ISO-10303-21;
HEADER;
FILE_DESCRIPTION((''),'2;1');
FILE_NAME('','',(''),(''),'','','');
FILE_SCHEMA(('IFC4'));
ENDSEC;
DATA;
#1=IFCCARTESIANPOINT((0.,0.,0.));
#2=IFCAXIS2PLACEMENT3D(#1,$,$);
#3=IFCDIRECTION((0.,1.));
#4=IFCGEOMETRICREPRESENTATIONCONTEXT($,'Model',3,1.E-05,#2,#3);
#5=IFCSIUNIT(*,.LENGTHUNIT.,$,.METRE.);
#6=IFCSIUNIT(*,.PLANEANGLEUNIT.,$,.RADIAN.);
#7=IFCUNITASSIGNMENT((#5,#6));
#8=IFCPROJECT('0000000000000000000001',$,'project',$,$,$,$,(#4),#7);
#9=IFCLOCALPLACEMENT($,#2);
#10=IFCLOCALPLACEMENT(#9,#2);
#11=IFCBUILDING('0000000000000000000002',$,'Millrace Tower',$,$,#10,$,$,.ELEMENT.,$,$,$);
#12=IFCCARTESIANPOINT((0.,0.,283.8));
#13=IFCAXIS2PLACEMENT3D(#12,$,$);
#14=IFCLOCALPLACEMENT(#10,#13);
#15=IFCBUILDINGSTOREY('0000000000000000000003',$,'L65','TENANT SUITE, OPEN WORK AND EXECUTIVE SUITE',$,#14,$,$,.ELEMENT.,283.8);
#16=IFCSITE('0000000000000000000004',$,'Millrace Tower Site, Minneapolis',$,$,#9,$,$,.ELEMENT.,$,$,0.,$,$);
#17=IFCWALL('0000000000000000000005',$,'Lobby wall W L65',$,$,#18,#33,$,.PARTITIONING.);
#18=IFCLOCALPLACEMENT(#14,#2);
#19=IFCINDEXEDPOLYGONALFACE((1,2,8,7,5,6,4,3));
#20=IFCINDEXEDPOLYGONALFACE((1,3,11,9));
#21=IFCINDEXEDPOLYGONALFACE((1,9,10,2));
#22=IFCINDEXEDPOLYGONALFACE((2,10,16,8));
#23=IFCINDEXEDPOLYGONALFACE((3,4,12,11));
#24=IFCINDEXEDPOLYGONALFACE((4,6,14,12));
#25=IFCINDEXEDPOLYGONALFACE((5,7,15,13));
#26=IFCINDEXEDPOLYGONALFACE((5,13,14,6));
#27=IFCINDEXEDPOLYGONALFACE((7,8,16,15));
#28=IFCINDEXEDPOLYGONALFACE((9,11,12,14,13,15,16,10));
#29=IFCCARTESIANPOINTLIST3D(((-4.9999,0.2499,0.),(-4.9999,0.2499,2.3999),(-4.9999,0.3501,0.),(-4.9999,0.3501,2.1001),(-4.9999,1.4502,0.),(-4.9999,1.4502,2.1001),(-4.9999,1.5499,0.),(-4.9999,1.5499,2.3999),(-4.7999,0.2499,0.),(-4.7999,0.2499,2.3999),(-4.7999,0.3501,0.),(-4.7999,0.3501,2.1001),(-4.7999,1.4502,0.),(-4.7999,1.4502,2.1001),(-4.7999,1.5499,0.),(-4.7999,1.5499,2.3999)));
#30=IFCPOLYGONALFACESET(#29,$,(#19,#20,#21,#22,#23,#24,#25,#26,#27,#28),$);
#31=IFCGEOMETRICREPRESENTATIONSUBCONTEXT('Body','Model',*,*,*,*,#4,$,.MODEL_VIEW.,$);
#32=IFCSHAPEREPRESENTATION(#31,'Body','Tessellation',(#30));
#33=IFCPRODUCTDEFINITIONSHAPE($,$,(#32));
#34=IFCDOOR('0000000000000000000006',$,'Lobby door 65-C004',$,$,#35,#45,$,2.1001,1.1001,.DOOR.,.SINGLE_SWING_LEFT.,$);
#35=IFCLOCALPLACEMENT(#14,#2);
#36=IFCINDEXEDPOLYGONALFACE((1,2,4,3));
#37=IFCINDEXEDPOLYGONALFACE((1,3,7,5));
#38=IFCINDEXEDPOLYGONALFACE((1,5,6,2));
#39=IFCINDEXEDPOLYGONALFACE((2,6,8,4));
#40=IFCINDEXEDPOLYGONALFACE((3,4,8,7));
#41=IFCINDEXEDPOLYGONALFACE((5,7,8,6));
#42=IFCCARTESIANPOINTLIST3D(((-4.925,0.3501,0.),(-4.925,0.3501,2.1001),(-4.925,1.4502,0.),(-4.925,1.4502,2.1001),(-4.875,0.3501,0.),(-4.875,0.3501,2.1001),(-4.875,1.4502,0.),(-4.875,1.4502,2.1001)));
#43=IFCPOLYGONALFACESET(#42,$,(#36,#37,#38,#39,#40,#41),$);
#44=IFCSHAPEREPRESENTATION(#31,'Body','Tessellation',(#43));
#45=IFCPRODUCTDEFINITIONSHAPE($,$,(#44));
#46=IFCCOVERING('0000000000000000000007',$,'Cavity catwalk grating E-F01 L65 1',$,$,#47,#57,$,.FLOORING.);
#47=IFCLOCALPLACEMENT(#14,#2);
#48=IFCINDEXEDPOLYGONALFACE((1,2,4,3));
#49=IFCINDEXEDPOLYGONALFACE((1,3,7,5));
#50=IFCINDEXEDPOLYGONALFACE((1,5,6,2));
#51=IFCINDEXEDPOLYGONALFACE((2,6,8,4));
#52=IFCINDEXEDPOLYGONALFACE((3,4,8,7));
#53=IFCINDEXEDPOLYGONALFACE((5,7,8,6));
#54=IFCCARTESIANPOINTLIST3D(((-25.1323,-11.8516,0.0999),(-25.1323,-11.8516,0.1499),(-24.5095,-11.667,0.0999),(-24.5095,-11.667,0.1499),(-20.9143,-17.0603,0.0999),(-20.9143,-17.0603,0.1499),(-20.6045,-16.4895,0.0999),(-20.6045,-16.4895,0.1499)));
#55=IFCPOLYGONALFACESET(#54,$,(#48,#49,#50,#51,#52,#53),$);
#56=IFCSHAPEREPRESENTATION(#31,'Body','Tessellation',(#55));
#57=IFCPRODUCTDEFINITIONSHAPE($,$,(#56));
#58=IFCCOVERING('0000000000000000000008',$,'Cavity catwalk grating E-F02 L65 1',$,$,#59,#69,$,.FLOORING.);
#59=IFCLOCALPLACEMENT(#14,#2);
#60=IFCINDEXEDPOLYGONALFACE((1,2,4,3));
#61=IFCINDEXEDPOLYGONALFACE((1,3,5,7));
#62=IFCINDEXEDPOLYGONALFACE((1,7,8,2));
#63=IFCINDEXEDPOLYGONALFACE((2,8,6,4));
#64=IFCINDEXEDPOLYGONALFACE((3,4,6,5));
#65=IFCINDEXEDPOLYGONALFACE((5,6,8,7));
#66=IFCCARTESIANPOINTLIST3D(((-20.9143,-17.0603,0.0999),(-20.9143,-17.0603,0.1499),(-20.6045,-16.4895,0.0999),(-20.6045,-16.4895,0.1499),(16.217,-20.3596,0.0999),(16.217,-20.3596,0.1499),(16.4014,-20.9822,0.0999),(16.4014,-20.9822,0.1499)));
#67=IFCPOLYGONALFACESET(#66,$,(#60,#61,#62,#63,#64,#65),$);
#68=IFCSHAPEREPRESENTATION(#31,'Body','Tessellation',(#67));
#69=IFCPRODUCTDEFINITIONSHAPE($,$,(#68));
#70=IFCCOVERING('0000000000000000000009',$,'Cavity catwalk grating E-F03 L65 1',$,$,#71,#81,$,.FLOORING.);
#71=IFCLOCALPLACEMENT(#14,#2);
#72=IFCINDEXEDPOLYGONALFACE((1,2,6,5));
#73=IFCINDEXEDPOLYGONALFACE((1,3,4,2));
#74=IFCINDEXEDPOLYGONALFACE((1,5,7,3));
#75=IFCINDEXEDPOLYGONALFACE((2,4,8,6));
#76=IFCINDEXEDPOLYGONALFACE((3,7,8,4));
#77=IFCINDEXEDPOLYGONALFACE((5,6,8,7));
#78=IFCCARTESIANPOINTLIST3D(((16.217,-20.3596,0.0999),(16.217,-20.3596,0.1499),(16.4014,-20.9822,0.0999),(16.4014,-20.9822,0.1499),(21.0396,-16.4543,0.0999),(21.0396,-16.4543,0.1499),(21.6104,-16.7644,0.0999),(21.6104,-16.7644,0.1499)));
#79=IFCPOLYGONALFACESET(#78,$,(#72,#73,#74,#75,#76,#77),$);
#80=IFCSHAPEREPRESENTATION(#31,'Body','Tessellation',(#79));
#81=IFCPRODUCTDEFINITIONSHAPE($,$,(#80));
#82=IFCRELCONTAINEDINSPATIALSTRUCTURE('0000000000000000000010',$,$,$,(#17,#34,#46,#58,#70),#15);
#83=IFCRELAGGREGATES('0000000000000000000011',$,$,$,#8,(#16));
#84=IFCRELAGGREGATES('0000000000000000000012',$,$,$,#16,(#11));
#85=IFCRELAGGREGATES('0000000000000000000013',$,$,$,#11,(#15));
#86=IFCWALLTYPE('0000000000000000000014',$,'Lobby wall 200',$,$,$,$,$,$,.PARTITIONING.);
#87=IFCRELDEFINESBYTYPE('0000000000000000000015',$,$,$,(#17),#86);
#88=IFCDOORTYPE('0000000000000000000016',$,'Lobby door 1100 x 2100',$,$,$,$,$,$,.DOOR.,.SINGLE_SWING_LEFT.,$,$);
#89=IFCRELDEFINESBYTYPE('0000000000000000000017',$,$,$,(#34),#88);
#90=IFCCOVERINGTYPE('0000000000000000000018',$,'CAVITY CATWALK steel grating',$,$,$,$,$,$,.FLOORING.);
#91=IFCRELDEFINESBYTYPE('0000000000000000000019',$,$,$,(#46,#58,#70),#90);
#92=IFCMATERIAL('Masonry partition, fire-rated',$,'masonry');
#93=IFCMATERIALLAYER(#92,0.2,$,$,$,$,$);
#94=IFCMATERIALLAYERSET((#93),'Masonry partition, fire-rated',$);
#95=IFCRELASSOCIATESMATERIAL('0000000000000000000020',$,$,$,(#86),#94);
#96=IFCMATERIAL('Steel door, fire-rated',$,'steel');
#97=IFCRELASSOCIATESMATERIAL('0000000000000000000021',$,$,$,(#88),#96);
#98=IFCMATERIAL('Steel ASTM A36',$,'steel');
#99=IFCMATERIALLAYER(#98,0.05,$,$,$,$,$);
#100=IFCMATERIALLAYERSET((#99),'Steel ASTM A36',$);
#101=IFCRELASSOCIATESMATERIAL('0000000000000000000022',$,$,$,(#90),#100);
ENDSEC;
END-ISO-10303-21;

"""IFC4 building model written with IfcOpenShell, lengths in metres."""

from ifc_helpers import new_model, si_unit, direction, frame, frame_2d, origin, place, context, subcontext, project, spatial, polyline, rectangle, outline, extrude, material, layer, layer_set, type_object, element, fill, save


model = new_model("IFC4")

# Units and contexts
model_context = context("Model", 3, precision=1e-05, world=origin(), true_north=direction((0.0, 1.0)))
body_context = subcontext(model_context, "Body", "Model", "MODEL_VIEW")
ifc_project = project(units=[si_unit("LENGTHUNIT", "METRE"), si_unit("PLANEANGLEUNIT", "RADIAN")], contexts=[model_context])

# Site, building, storey
site_placement = place(None, origin())
site = spatial("IfcSite", under=ifc_project, at=site_placement, Name="Millrace Tower Site, Minneapolis", CompositionType="ELEMENT", RefElevation=0.0)
building_placement = place(site_placement, origin())
building = spatial("IfcBuilding", under=site, at=building_placement, Name="Millrace Tower", CompositionType="ELEMENT")
storey_placement = place(building_placement, frame((0.0, 0.0, 283.8)))
storey = spatial("IfcBuildingStorey", under=building, at=storey_placement, Name="L65", Description="TENANT SUITE, OPEN WORK AND EXECUTIVE SUITE", CompositionType="ELEMENT", Elevation=283.8)

# Wall, opening, door
ifc_material_1 = material(Name="Masonry partition, fire-rated", Category="masonry")
ifc_layer_1 = layer(ifc_material_1, 0.2)
ifc_layer_set_1 = layer_set([ifc_layer_1], Name="Masonry partition, fire-rated")
wall_type = type_object("IfcWallType", Name="Lobby wall 200", PredefinedType="PARTITIONING", material=ifc_layer_set_1)
wall_placement = place(storey_placement, frame((-4.8999, 0.25, 0.0), z_axis=(0.0, 0.0, 1.0), x_axis=(0.0, 1.0, 0.0)))
wall = element("IfcWall", 1, at=wall_placement, inside=storey, type_object=wall_type, Name="Lobby wall W L65", PredefinedType="PARTITIONING", context=body_context, shape_type="SweptSolid", body=[
    extrude(rectangle(XDim=1.3, YDim=0.2, at=frame_2d((0.6499, 0.0))), origin(), (0.0, 0.0, 1.0), 2.3999),
])
opening_placement = place(wall_placement, frame((0.1001, 0.0, 0.0)))
opening = element("IfcOpeningElement", 2, at=opening_placement, cuts=wall, PredefinedType="OPENING", context=body_context, shape_type="SweptSolid", body=[
    extrude(rectangle(XDim=1.1001, YDim=2.1001, at=frame_2d((0.55, 1.05))), frame((0.0, 0.1099, 0.0), z_axis=(0.0, -1.0, 0.0), x_axis=(1.0, 0.0, 0.0)), (0.0, 0.0, 1.0), 0.22),
])
ifc_material_2 = material(Name="Steel door, fire-rated", Category="steel")
door_type = type_object("IfcDoorType", Name="Lobby door 1100 x 2100", OperationType="SINGLE_SWING_LEFT", PredefinedType="DOOR", material=ifc_material_2)
door_placement = place(opening_placement, frame((1.1001, 0.0, 0.0), z_axis=(0.0, 0.0, 1.0), x_axis=(-1.0, 0.0, 0.0)))
door = element("IfcDoor", 3, at=door_placement, inside=storey, type_object=door_type, Name="Lobby door 65-C004", OperationType="SINGLE_SWING_LEFT", OverallHeight=2.1001, OverallWidth=1.1001, PredefinedType="DOOR", context=body_context, shape_type="SweptSolid", body=[
    extrude(rectangle(XDim=1.1001, YDim=2.1001, at=frame_2d((0.55, 1.05))), frame((0.0, 0.0249, 0.0), z_axis=(0.0, -1.0, 0.0), x_axis=(1.0, 0.0, 0.0)), (0.0, 0.0, 1.0), 0.05),
])
fill(opening, door)

# Coverings
ifc_material_3 = material(Name="Steel ASTM A36", Category="steel")
ifc_layer_2 = layer(ifc_material_3, 0.05)
ifc_layer_set_2 = layer_set([ifc_layer_2], Name="Steel ASTM A36")
covering_type = type_object("IfcCoveringType", Name="CAVITY CATWALK steel grating", PredefinedType="FLOORING", material=ifc_layer_set_2)
placement_1 = place(storey_placement, frame((0.0, 0.0, 0.0999)))
element("IfcCovering", 4, at=placement_1, inside=storey, type_object=covering_type, Name="Cavity catwalk grating E-F01 L65 1", PredefinedType="FLOORING", context=body_context, shape_type="SweptSolid", body=[
    extrude(outline(polyline([(-25.1323, -11.8516), (-20.9143, -17.0603), (-20.6045, -16.4895), (-24.5095, -11.667), (-25.1323, -11.8516)])), origin(), (0.0, 0.0, 1.0), 0.05),
])
element("IfcCovering", 5, at=placement_1, inside=storey, type_object=covering_type, Name="Cavity catwalk grating E-F02 L65 1", PredefinedType="FLOORING", context=body_context, shape_type="SweptSolid", body=[
    extrude(outline(polyline([(-20.9143, -17.0603), (16.4014, -20.9822), (16.217, -20.3596), (-20.6045, -16.4895), (-20.9143, -17.0603)])), origin(), (0.0, 0.0, 1.0), 0.05),
])
element("IfcCovering", 6, at=placement_1, inside=storey, type_object=covering_type, Name="Cavity catwalk grating E-F03 L65 1", PredefinedType="FLOORING", context=body_context, shape_type="SweptSolid", body=[
    extrude(outline(polyline([(16.4014, -20.9822), (21.6104, -16.7644), (21.0396, -16.4543), (16.217, -20.3596), (16.4014, -20.9822)])), origin(), (0.0, 0.0, 1.0), 0.05),
])

save(model, "model.ifc")
